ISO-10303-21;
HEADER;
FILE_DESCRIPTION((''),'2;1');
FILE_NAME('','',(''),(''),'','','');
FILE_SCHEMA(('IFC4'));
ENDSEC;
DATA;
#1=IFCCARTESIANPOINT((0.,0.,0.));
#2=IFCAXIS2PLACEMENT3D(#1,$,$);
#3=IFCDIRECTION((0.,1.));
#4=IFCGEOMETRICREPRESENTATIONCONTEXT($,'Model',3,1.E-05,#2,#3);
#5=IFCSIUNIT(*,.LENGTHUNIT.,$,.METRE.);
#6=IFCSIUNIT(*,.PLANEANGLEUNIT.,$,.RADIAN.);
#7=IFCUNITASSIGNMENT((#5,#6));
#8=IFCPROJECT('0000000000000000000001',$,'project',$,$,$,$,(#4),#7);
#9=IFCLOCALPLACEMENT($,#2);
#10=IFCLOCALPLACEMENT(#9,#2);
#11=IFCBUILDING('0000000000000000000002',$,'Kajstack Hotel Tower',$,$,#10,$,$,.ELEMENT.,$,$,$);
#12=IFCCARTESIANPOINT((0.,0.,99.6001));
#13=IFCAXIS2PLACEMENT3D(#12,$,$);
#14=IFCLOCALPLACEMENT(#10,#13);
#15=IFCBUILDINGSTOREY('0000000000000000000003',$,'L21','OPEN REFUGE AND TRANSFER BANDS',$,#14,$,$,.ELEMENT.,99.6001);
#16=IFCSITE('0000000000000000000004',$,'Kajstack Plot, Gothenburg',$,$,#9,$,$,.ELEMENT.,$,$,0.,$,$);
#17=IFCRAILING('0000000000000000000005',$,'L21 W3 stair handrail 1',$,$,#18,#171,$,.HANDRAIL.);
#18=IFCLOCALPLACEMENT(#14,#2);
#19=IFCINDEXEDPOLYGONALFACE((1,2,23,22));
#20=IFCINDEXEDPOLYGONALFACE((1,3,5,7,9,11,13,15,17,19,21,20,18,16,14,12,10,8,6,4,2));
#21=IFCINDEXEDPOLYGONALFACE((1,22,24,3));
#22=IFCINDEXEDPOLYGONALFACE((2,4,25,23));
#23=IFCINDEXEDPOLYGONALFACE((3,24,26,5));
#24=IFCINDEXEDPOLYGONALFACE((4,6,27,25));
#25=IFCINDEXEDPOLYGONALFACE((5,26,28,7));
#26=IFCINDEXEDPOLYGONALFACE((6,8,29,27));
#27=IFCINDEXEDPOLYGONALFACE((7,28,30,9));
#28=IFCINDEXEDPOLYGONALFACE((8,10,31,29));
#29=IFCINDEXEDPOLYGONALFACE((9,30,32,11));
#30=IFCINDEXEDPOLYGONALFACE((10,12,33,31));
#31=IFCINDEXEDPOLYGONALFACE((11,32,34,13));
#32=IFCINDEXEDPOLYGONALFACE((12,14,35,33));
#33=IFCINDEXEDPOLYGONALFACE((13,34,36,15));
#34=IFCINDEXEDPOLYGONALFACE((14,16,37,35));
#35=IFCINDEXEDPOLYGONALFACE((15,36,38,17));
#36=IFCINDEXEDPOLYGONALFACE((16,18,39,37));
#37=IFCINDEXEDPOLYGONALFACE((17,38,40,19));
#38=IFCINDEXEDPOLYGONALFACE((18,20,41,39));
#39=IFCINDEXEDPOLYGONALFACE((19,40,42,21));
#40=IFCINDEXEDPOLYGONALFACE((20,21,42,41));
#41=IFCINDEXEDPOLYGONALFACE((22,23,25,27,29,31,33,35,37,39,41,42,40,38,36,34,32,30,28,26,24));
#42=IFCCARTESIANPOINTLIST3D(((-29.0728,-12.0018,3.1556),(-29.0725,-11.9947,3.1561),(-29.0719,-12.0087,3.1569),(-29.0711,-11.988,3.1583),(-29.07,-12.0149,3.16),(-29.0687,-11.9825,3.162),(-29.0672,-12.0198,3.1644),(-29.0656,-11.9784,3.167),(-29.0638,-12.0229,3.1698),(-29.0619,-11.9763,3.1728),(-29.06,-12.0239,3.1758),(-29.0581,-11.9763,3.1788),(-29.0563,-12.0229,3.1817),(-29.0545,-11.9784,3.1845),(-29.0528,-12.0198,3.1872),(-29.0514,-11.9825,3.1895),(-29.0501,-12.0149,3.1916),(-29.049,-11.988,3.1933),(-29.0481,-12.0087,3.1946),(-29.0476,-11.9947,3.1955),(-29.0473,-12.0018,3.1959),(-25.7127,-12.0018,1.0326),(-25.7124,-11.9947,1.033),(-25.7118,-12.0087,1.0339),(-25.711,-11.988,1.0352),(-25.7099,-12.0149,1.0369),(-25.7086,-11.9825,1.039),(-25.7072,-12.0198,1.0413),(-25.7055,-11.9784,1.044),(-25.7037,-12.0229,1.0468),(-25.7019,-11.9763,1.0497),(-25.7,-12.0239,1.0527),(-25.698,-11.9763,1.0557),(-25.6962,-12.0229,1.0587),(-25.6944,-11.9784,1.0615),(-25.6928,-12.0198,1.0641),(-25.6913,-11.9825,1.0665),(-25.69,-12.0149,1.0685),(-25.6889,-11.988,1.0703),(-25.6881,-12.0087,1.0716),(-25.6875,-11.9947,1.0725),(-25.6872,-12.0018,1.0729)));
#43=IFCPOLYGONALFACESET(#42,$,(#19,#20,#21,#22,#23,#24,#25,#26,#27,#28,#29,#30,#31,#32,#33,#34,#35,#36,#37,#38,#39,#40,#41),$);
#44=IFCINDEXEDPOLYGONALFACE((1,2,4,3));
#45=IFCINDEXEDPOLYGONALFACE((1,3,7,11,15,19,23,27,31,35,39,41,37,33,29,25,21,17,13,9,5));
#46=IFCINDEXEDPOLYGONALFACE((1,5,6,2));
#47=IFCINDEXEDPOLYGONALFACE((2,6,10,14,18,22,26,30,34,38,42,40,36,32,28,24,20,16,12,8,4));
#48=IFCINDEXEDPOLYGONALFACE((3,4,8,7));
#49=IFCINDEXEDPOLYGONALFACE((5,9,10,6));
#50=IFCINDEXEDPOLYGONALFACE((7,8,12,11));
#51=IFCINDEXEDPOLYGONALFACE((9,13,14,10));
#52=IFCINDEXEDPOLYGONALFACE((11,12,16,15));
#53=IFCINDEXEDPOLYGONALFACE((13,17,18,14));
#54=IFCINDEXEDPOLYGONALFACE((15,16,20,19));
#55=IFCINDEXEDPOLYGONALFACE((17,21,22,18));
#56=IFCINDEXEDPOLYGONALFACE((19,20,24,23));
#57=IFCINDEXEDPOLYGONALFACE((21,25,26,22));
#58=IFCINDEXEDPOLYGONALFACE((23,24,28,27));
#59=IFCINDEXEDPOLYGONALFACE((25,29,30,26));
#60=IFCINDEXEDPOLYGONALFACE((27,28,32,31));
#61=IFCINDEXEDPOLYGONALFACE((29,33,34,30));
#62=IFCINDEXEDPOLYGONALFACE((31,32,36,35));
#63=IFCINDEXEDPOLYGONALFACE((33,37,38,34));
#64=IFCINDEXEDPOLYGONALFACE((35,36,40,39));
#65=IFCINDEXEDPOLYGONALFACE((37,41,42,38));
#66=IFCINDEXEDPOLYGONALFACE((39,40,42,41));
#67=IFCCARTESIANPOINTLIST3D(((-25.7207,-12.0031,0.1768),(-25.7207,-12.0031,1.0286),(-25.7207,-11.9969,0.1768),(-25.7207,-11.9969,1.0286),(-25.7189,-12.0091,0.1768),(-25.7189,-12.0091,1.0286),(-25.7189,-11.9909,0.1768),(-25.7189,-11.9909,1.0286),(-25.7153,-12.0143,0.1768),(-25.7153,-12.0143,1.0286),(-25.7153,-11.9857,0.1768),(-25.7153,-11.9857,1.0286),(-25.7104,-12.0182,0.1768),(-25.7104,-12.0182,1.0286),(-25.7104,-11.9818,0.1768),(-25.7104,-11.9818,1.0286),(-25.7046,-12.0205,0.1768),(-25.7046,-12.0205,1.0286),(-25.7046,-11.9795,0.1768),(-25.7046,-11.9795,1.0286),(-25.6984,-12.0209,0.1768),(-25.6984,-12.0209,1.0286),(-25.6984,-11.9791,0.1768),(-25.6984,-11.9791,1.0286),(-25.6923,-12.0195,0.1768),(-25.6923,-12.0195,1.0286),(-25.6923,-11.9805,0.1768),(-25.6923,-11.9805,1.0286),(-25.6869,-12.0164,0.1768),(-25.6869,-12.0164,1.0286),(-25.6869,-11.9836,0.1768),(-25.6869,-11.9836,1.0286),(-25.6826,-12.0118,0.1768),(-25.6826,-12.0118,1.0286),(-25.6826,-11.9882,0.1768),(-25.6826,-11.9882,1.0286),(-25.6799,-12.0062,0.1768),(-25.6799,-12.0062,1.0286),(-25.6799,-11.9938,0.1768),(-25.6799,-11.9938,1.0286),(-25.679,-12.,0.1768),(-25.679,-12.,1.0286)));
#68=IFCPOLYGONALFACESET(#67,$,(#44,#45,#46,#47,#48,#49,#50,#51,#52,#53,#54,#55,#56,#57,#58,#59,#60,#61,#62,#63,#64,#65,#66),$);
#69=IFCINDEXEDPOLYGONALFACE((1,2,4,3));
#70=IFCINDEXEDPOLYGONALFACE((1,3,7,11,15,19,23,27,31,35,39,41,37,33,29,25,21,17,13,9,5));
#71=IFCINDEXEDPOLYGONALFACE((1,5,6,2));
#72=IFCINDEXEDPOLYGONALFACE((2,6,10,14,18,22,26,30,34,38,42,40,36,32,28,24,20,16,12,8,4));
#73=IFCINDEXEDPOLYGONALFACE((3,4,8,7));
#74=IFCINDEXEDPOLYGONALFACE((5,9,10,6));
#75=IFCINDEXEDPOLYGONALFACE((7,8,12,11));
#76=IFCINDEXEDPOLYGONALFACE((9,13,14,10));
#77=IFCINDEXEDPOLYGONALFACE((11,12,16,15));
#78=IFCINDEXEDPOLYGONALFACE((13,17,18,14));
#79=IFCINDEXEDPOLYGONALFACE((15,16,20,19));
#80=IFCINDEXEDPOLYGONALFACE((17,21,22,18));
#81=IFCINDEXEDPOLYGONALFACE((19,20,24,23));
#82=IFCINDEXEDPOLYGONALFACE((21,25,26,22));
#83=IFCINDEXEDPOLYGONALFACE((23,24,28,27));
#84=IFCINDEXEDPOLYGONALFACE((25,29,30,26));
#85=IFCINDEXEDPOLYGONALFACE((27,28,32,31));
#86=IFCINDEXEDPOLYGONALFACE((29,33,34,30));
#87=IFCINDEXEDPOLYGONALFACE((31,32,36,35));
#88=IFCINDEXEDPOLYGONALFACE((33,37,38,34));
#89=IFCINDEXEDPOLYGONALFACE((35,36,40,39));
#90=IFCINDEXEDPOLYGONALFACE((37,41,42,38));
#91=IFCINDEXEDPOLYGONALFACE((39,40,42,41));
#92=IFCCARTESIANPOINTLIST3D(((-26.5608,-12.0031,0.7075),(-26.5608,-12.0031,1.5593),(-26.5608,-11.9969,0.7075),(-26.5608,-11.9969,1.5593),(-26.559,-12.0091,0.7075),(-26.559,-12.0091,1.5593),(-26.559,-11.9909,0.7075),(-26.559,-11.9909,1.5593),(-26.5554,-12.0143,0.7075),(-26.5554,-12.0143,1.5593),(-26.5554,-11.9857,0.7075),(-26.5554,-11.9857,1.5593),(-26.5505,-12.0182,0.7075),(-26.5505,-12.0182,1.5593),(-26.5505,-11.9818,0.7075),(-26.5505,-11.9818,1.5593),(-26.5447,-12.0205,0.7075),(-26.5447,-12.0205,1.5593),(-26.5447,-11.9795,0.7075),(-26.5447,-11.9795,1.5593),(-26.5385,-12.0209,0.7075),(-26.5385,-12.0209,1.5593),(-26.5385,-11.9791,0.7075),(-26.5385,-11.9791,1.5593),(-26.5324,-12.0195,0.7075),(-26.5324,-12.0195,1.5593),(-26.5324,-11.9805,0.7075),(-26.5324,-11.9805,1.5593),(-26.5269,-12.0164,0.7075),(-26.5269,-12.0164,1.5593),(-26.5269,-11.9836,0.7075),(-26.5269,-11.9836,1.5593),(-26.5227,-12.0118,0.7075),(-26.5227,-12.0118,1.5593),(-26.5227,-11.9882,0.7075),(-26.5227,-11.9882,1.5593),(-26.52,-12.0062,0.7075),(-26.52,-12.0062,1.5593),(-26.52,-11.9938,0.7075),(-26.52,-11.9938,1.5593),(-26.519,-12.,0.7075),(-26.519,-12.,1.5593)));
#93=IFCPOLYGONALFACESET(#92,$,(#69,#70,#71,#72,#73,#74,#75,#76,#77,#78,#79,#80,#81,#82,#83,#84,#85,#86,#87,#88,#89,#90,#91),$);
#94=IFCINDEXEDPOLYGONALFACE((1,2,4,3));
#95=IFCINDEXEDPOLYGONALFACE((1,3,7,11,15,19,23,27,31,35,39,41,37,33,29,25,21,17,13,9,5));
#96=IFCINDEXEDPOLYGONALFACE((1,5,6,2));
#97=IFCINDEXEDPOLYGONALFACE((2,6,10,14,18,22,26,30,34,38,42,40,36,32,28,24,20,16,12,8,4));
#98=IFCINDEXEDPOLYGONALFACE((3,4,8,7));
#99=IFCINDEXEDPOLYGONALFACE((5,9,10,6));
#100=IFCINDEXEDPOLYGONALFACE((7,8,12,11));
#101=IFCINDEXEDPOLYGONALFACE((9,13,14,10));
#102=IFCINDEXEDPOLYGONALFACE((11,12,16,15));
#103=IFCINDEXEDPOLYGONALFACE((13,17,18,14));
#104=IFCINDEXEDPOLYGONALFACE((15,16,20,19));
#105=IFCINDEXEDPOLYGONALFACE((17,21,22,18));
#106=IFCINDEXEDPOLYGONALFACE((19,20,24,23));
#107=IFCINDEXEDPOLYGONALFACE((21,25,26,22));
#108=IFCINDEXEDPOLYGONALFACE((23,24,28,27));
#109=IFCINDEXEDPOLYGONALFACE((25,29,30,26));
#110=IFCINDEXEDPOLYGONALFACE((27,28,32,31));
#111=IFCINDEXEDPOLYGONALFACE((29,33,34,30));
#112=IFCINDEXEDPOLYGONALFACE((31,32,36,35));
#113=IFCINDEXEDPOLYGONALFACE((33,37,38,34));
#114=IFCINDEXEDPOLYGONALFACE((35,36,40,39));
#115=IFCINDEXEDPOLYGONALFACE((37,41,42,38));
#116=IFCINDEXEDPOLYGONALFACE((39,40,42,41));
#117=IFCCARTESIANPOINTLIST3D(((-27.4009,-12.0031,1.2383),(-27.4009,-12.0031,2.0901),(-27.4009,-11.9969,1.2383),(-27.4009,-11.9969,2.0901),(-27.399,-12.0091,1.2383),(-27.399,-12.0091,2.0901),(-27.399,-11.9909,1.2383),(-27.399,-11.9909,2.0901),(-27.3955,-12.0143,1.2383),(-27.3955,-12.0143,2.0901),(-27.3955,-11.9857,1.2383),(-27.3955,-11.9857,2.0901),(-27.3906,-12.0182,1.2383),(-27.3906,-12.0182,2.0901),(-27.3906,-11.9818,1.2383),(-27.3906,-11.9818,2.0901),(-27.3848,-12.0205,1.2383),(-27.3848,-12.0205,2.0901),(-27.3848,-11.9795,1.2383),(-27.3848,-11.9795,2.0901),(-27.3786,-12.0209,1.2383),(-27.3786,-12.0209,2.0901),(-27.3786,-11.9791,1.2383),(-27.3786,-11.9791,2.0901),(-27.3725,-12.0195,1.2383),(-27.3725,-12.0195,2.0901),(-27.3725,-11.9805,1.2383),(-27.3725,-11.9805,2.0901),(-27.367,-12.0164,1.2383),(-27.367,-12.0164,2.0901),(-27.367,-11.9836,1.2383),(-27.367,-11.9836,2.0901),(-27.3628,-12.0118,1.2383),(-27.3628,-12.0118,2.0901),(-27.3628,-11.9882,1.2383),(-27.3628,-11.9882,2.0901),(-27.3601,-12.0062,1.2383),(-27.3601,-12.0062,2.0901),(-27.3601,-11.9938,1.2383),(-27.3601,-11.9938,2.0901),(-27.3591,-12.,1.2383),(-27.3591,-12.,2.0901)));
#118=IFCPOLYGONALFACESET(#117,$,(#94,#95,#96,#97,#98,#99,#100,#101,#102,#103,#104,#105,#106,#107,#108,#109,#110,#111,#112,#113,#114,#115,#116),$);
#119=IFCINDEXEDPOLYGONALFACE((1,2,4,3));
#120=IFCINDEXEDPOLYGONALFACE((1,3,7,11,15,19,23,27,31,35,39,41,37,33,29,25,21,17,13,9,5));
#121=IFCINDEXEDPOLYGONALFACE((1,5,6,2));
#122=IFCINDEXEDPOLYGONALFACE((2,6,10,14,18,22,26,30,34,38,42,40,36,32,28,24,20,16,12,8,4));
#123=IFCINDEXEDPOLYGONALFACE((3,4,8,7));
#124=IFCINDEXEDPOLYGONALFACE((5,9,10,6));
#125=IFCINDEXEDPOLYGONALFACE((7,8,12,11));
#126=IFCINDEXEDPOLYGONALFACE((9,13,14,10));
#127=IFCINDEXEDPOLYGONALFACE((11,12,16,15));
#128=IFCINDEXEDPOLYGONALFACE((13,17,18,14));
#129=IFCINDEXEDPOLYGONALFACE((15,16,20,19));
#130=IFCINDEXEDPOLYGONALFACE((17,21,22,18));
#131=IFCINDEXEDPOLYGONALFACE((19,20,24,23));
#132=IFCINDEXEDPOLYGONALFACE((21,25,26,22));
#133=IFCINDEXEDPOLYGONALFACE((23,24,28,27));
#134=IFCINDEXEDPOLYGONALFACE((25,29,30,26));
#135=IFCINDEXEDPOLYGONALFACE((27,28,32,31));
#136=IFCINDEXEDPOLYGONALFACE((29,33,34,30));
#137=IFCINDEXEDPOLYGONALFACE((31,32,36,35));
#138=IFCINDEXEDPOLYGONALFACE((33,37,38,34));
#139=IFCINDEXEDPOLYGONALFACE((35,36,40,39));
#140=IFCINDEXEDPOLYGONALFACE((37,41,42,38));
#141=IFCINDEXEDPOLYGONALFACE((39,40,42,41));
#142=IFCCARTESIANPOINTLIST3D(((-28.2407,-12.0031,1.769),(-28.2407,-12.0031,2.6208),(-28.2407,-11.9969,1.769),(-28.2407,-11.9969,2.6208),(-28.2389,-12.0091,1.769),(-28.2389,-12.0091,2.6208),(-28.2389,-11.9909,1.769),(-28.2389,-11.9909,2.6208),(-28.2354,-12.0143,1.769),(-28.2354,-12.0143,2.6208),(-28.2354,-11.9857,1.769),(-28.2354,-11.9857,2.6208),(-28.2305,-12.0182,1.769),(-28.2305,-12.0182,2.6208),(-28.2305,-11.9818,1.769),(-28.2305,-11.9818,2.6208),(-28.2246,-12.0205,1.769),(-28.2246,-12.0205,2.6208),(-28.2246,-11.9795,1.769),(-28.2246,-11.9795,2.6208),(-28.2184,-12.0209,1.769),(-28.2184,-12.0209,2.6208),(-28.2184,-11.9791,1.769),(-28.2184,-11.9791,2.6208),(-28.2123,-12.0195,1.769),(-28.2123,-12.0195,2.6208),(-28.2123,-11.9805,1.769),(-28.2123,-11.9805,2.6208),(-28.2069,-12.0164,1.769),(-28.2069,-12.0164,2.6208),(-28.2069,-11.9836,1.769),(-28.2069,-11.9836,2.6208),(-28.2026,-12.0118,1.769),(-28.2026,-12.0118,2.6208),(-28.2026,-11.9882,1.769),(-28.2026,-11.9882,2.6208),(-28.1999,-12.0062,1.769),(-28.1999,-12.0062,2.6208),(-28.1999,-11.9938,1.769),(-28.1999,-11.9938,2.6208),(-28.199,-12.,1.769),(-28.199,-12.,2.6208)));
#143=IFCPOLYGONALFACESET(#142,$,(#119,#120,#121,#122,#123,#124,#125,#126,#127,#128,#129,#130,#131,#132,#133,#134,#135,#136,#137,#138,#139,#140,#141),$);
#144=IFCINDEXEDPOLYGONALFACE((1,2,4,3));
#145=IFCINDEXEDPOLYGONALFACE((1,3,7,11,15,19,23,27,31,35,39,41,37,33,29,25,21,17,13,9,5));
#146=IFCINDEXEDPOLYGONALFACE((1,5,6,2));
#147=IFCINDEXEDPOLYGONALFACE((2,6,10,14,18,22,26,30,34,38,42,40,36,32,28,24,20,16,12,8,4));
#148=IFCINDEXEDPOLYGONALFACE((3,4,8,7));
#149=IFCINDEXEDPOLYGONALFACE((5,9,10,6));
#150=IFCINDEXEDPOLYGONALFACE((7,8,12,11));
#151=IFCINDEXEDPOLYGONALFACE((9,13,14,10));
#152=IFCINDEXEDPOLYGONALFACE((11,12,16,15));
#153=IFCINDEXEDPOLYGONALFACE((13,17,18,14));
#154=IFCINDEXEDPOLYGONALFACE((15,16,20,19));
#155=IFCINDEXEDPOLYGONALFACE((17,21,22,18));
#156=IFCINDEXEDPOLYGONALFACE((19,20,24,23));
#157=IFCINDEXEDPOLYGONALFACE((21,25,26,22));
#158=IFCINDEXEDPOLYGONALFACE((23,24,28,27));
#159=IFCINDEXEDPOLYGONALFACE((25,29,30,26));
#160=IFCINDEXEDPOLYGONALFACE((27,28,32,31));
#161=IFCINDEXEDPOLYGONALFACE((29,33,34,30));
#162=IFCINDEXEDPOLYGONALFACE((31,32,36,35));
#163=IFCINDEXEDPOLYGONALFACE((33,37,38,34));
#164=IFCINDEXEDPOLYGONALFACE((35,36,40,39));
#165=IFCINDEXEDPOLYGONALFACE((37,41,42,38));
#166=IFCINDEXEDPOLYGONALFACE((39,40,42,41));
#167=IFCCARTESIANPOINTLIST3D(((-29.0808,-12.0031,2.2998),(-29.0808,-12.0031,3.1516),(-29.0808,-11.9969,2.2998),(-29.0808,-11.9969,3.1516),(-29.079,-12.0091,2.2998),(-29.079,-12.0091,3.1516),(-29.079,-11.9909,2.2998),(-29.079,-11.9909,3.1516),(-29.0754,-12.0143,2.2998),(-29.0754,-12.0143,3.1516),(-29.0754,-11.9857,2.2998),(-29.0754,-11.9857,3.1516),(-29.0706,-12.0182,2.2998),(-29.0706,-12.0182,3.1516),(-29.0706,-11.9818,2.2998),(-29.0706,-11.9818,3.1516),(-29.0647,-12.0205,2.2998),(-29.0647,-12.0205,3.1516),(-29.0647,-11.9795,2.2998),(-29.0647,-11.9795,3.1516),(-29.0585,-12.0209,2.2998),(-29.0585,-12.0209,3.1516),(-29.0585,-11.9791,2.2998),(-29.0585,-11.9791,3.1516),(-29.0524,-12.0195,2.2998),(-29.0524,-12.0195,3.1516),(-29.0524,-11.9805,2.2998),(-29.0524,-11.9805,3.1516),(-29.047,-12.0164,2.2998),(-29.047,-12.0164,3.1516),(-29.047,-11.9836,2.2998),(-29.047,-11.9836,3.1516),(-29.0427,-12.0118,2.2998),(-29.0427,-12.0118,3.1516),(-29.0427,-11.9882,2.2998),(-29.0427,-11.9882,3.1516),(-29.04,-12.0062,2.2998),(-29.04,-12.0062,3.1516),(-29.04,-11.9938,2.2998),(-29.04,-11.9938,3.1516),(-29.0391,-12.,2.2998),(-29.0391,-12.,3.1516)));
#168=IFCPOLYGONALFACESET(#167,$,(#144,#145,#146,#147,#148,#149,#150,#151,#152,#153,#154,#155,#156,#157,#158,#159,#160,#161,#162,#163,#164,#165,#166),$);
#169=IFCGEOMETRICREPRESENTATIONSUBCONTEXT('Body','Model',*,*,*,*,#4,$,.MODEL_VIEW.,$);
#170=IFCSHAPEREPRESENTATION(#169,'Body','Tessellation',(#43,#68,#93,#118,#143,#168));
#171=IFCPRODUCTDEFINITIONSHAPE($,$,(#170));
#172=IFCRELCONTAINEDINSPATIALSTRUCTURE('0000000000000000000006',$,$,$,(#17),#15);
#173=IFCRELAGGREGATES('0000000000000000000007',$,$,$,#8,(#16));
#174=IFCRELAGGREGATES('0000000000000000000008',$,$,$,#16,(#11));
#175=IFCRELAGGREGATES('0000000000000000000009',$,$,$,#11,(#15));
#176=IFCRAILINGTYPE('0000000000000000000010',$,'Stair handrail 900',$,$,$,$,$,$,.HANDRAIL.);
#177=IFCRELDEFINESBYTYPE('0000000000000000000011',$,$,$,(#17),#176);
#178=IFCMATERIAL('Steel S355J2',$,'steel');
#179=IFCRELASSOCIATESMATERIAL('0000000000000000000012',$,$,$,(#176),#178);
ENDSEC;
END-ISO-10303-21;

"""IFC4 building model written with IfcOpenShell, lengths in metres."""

from ifc_helpers import new_model, si_unit, direction, frame, origin, origin_2d, place, context, subcontext, project, spatial, circle, extrude, material, type_object, element, save


model = new_model("IFC4")

# Units and contexts
model_context = context("Model", 3, precision=1e-05, world=origin(), true_north=direction((0.0, 1.0)))
body_context = subcontext(model_context, "Body", "Model", "MODEL_VIEW")
ifc_project = project(units=[si_unit("LENGTHUNIT", "METRE"), si_unit("PLANEANGLEUNIT", "RADIAN")], contexts=[model_context])

# Site, building, storey
site_placement = place(None, origin())
site = spatial("IfcSite", under=ifc_project, at=site_placement, Name="Kajstack Plot, Gothenburg", CompositionType="ELEMENT", RefElevation=0.0)
building_placement = place(site_placement, origin())
building = spatial("IfcBuilding", under=site, at=building_placement, Name="Kajstack Hotel Tower", CompositionType="ELEMENT")
storey_placement = place(building_placement, frame((0.0, 0.0, 99.6001)))
storey = spatial("IfcBuildingStorey", under=building, at=storey_placement, Name="L21", Description="OPEN REFUGE AND TRANSFER BANDS", CompositionType="ELEMENT", Elevation=99.6001)

# Railing
ifc_material_1 = material(Name="Steel S355J2", Category="steel")
railing_type_1 = type_object("IfcRailingType", Name="Stair handrail 900", PredefinedType="HANDRAIL", material=ifc_material_1)
railing_1_placement = place(storey_placement, frame((-25.7, -12.0, 0.1768)))
element("IfcRailing", 1, at=railing_1_placement, inside=storey, type_object=railing_type_1, Name="L21 W3 stair handrail 1", PredefinedType="HANDRAIL", context=body_context, shape_type="SweptSolid", body=[
    extrude(circle(Radius=0.0239, at=origin_2d()), frame((0.0, 0.0, 0.876), z_axis=(-0.84539, 0.0, 0.53415), x_axis=(0.0, -1.0, 0.0)), (0.0, 0.0, 1.0), 3.9746),
    extrude(circle(Radius=0.021, at=origin_2d()), origin(), (0.0, 0.0, 1.0), 0.8518),
    extrude(circle(Radius=0.021, at=origin_2d()), frame((-0.8401, 0.0, 0.5308)), (0.0, 0.0, 1.0), 0.8518),
    extrude(circle(Radius=0.021, at=origin_2d()), frame((-1.6802, 0.0, 1.0615)), (0.0, 0.0, 1.0), 0.8518),
    extrude(circle(Radius=0.021, at=origin_2d()), frame((-2.52, 0.0, 1.5923)), (0.0, 0.0, 1.0), 0.8518),
    extrude(circle(Radius=0.021, at=origin_2d()), frame((-3.3601, 0.0, 2.123)), (0.0, 0.0, 1.0), 0.8518),
])

save(model, "model.ifc")
